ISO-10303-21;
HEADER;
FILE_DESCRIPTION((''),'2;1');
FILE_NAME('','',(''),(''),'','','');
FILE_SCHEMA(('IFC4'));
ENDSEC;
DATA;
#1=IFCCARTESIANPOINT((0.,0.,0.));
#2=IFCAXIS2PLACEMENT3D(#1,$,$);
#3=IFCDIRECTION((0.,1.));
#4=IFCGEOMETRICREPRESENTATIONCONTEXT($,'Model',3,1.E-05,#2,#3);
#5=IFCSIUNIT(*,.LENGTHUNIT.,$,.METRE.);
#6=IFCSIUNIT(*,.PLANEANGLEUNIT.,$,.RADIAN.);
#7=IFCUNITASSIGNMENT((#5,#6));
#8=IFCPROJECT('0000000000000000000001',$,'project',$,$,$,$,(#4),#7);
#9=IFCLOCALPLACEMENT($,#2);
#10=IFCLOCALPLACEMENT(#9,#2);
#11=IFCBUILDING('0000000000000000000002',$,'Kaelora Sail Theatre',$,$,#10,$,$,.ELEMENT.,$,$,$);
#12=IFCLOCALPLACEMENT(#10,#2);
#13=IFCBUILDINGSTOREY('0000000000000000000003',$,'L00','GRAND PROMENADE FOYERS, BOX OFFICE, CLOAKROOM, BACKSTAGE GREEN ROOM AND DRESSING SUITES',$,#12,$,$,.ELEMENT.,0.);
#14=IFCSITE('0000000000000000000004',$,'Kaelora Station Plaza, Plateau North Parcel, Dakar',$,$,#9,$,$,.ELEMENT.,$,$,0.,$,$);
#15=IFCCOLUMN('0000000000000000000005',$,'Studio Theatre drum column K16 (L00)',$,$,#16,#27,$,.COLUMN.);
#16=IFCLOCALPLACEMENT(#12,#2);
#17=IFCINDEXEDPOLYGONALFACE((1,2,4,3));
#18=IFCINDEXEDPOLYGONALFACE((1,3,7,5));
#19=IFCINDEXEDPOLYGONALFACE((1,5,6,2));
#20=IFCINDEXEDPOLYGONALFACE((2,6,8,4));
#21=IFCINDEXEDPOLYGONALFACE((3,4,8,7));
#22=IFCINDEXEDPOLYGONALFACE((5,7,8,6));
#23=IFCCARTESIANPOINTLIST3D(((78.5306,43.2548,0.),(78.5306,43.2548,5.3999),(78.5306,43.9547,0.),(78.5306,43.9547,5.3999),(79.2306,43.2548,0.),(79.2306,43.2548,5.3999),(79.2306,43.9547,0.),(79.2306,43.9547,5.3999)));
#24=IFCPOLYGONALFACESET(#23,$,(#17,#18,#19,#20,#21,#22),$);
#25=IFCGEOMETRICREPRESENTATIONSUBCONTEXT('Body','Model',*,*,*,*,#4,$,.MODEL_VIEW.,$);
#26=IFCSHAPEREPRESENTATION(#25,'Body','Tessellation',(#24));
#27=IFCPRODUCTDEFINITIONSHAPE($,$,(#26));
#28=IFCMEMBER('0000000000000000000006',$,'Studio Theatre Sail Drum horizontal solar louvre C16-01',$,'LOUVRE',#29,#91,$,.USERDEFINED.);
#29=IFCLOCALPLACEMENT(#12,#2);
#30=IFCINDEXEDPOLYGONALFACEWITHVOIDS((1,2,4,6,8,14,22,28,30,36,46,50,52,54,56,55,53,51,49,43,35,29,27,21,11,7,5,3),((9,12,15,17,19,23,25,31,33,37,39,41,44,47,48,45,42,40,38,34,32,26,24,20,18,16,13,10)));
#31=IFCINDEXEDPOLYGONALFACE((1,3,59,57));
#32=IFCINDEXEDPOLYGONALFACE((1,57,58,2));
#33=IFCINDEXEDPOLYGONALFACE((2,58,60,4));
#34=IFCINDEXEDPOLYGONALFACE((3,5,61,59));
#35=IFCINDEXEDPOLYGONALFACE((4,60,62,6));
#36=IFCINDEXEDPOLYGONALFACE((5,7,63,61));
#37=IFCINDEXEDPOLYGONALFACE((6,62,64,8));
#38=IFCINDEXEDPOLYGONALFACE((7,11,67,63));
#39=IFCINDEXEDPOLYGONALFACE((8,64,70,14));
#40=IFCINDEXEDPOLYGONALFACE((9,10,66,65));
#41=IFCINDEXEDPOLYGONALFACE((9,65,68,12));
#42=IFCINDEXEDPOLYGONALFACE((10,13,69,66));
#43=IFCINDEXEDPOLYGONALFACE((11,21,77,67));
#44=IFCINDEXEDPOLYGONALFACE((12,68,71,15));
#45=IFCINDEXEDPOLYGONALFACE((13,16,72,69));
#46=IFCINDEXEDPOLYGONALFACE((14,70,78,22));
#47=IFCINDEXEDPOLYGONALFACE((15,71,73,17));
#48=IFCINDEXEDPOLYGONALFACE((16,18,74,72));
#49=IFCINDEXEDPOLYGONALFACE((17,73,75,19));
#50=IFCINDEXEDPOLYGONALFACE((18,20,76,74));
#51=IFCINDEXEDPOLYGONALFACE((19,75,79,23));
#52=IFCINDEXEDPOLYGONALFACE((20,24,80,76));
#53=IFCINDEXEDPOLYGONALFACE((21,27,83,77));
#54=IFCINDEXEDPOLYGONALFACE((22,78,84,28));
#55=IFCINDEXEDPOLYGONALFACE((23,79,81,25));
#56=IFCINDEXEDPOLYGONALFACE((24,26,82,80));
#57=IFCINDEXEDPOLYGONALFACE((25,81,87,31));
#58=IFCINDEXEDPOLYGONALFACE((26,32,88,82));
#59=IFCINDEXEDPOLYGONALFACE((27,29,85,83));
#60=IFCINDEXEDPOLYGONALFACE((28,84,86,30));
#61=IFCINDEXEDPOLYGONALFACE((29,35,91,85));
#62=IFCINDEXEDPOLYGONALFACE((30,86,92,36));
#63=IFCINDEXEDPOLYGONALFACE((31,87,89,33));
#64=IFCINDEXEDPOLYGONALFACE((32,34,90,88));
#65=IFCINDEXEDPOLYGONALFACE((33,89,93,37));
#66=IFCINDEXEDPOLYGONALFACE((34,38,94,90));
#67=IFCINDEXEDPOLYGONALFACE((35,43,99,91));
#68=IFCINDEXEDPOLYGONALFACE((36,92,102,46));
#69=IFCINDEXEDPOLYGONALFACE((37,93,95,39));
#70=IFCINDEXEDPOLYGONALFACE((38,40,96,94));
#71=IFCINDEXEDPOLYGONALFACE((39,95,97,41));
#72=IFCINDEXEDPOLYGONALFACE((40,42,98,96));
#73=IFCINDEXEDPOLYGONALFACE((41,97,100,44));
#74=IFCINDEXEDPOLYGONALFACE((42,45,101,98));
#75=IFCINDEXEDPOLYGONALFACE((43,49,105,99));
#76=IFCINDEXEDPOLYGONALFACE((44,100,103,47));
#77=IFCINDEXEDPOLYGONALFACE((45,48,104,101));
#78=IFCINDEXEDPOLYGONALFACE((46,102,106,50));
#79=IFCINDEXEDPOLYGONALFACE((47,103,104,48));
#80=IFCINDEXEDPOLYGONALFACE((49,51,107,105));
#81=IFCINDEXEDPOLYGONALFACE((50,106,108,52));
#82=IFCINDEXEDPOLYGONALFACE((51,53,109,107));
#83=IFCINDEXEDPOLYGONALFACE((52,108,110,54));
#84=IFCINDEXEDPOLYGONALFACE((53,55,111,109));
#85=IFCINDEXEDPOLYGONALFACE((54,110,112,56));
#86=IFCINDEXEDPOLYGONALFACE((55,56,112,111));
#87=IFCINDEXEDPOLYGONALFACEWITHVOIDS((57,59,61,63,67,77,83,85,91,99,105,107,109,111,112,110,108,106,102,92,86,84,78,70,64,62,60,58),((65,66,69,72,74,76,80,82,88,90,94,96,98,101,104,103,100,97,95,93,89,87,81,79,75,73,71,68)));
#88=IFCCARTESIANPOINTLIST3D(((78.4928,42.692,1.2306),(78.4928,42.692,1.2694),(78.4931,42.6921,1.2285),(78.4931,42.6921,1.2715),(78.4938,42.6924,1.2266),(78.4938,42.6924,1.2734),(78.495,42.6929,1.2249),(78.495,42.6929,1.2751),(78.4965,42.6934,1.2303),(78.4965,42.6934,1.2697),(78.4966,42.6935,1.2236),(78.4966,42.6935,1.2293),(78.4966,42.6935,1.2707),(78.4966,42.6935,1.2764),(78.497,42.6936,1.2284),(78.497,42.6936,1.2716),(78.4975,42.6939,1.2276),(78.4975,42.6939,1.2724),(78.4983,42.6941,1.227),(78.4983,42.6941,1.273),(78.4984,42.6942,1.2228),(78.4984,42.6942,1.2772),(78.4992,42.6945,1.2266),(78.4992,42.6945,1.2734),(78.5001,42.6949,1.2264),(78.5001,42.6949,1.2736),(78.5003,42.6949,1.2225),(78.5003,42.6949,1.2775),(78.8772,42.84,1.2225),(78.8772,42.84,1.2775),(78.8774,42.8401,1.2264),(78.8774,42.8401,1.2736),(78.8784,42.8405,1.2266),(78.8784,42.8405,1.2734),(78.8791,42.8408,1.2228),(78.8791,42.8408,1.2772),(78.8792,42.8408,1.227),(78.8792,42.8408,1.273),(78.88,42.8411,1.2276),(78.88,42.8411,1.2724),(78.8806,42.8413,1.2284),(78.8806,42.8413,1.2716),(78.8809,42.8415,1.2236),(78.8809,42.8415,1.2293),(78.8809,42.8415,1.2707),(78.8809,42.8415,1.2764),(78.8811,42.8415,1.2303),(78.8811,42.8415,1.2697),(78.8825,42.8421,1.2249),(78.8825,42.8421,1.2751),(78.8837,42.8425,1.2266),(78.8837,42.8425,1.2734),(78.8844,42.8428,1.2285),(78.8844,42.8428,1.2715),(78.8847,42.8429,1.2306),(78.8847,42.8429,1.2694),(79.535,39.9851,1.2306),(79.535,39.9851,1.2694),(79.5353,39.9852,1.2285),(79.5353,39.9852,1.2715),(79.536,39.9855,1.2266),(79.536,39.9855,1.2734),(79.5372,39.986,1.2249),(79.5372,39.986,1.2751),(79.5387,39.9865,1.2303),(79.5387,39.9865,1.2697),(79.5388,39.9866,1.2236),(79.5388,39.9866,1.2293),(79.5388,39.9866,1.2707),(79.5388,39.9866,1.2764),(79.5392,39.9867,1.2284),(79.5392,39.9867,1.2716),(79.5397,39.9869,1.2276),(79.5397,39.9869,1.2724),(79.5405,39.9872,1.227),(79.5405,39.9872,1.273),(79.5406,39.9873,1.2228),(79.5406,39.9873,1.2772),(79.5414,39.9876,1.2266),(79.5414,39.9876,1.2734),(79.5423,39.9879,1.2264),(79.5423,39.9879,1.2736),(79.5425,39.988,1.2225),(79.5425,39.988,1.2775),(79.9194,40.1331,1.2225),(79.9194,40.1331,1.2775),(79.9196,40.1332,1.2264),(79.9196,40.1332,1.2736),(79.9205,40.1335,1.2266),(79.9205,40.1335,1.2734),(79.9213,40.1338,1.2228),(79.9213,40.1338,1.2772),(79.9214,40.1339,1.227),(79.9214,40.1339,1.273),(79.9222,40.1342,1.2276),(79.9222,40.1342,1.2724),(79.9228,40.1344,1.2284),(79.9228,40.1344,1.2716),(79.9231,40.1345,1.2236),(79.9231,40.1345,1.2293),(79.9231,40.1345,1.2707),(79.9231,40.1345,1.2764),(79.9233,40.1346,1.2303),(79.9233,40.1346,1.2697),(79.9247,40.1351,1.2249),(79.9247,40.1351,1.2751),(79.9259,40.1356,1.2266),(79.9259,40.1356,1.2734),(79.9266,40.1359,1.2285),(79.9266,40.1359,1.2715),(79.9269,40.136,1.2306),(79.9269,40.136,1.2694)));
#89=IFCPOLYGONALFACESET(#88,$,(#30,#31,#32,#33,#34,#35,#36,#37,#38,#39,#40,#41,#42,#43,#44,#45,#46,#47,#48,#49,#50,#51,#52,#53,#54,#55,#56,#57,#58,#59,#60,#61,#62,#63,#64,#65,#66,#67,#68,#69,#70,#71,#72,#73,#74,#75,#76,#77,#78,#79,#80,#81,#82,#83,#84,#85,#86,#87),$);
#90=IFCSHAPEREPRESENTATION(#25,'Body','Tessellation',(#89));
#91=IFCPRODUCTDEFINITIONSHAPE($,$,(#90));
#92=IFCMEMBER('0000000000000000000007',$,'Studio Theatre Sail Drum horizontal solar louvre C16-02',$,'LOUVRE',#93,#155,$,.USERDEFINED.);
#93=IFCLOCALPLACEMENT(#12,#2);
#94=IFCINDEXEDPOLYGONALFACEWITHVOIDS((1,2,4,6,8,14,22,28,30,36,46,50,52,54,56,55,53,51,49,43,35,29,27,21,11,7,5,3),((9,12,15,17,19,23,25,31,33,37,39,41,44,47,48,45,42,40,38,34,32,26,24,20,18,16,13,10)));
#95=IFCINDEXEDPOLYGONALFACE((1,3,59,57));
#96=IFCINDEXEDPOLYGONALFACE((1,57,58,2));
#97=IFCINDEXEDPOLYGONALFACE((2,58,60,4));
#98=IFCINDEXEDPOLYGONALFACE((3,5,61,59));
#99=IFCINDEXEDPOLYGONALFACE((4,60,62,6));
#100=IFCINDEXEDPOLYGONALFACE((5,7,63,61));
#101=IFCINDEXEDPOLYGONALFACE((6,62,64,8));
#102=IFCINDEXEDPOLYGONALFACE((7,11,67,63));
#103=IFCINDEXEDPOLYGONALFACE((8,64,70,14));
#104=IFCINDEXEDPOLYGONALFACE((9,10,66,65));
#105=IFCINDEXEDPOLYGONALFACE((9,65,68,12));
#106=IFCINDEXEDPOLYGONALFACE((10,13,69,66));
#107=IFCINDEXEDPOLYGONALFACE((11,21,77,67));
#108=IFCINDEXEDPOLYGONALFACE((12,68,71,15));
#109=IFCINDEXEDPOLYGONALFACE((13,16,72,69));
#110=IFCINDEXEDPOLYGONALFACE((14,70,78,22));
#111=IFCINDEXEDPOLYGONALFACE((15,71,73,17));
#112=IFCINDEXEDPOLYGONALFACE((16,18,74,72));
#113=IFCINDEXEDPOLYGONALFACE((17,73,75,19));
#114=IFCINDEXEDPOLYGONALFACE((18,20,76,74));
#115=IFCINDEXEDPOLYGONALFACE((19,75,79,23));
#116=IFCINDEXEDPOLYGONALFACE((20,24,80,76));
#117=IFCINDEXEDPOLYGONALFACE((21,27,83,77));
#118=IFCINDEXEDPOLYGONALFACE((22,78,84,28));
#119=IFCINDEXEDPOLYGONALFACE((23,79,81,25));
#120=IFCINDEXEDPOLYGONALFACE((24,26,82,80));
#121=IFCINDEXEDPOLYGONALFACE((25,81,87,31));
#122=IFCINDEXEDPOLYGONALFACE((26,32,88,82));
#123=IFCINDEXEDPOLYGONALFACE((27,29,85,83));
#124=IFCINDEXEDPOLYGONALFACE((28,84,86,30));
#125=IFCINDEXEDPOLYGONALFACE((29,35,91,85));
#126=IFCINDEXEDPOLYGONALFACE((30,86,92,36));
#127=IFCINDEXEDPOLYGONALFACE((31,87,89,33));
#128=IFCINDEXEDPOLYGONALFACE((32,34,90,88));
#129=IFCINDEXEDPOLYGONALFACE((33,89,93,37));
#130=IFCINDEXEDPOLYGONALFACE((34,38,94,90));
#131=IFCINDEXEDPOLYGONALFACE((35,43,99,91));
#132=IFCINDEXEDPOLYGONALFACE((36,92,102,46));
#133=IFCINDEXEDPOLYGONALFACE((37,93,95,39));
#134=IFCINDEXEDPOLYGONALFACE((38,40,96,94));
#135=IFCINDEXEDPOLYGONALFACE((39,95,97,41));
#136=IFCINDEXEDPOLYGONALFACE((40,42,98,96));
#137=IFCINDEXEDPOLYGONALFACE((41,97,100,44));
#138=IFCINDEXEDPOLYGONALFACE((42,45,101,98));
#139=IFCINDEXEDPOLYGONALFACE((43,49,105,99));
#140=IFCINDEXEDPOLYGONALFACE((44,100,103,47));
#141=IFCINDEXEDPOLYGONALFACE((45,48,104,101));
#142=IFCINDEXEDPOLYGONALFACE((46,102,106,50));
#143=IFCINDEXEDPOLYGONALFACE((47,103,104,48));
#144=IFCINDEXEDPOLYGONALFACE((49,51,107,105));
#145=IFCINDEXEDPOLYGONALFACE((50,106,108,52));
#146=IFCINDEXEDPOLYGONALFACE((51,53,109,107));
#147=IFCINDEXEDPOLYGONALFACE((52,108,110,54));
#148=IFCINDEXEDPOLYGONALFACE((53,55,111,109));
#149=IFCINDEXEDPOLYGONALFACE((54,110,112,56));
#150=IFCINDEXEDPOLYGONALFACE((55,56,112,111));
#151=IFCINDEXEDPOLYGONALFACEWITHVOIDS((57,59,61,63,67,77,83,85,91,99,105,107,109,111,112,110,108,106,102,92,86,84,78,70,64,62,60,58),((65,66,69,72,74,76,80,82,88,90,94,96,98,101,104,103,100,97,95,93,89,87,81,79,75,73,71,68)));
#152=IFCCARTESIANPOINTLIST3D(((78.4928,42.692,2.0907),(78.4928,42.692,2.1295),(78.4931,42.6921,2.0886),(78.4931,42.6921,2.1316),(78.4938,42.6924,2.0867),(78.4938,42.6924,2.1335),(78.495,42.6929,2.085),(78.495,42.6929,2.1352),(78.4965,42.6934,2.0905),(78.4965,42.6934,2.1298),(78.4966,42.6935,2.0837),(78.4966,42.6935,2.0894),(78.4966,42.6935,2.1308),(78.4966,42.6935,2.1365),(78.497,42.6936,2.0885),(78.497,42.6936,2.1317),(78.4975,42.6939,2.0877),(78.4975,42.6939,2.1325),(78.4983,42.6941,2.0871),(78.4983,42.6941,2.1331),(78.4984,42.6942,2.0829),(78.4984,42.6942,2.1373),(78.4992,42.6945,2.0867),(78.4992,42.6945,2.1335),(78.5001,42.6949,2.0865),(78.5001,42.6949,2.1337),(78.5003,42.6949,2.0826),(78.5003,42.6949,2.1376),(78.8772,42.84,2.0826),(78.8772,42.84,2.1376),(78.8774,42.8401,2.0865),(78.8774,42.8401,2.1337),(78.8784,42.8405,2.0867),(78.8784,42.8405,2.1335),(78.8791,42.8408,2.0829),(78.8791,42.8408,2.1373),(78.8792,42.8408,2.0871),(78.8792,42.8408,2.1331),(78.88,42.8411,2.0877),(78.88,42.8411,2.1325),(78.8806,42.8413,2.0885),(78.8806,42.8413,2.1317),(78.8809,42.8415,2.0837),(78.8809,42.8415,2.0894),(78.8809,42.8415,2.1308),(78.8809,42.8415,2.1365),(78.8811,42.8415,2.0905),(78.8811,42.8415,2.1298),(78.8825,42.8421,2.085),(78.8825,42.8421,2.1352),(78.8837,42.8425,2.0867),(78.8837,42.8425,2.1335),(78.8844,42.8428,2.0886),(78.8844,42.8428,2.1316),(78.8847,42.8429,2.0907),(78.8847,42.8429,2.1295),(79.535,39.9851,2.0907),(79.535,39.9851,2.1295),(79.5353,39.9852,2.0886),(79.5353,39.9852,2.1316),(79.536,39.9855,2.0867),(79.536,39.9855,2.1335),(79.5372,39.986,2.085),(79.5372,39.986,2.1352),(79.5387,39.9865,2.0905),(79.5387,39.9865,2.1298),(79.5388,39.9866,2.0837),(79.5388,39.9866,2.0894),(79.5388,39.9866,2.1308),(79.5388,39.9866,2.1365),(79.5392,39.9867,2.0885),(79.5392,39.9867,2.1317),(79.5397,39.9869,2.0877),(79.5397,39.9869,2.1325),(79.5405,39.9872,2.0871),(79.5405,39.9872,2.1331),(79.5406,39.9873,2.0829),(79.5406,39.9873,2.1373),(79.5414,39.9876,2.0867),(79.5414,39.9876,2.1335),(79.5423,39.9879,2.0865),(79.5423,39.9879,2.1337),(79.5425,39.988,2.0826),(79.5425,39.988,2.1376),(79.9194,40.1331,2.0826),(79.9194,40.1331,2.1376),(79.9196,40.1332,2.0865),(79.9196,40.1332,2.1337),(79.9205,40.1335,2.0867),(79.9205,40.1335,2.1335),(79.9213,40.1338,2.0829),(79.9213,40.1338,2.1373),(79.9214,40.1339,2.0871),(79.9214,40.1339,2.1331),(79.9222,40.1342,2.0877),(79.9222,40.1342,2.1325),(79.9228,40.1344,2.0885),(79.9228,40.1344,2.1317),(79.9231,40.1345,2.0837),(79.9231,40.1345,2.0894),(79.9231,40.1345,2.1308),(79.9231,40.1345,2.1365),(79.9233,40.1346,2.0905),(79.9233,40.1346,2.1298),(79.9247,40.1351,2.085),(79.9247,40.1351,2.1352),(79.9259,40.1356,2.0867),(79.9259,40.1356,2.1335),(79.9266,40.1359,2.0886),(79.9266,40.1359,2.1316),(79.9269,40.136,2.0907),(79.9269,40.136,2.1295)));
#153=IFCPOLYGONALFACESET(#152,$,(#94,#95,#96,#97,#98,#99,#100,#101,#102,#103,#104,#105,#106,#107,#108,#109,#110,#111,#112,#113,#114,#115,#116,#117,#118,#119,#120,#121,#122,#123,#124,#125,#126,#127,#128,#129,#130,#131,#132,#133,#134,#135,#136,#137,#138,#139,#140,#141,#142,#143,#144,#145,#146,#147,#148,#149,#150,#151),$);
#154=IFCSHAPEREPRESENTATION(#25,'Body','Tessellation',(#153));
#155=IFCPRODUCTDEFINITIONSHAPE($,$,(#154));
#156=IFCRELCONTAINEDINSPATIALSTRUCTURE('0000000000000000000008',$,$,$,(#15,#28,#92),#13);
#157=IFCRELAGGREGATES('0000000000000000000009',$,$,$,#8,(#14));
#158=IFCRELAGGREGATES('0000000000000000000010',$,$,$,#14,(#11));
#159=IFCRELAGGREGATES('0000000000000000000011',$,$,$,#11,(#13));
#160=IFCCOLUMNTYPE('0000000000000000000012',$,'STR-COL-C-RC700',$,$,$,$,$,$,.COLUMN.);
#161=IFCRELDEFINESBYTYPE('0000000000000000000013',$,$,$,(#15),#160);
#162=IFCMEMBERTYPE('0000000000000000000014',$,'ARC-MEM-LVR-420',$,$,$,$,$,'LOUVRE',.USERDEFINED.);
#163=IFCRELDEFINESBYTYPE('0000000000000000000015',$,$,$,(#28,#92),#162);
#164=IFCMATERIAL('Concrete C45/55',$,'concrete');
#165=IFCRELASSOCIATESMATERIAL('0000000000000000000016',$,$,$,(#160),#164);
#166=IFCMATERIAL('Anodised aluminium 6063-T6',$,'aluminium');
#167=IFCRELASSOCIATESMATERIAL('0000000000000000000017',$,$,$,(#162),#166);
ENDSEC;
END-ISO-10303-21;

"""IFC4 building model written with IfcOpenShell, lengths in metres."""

from ifc_helpers import new_model, si_unit, direction, frame, origin, origin_2d, place, context, subcontext, project, spatial, rectangle, hollow_rectangle, extrude, material, material_profile, profile_set, type_object, element, save


model = new_model("IFC4")

# Units and contexts
model_context = context("Model", 3, precision=1e-05, world=origin(), true_north=direction((0.0, 1.0)))
body_context = subcontext(model_context, "Body", "Model", "MODEL_VIEW")
ifc_project = project(units=[si_unit("LENGTHUNIT", "METRE"), si_unit("PLANEANGLEUNIT", "RADIAN")], contexts=[model_context])

# Site, building, storey
site_placement = place(None, origin())
site = spatial("IfcSite", under=ifc_project, at=site_placement, Name="Kaelora Station Plaza, Plateau North Parcel, Dakar", CompositionType="ELEMENT", RefElevation=0.0)
building_placement = place(site_placement, origin())
building = spatial("IfcBuilding", under=site, at=building_placement, Name="Kaelora Sail Theatre", CompositionType="ELEMENT")
storey_placement = place(building_placement, origin())
storey = spatial("IfcBuildingStorey", under=building, at=storey_placement, Name="L00", Description="GRAND PROMENADE FOYERS, BOX OFFICE, CLOAKROOM, BACKSTAGE GREEN ROOM AND DRESSING SUITES", CompositionType="ELEMENT", Elevation=0.0)

# Column
ifc_material_1 = material(Name="Concrete C45/55", Category="concrete")
ifc_material_profile_1 = material_profile(ifc_material_1, rectangle(XDim=0.7, YDim=0.7, at=origin_2d()), Name="RC-COL 700x700")
ifc_profile_set_1 = profile_set([ifc_material_profile_1], Name="Concrete C45/55")
column_type = type_object("IfcColumnType", Name="STR-COL-C-RC700", PredefinedType="COLUMN", material=ifc_profile_set_1)
column_placement = place(storey_placement, frame((78.8806, 43.6047, 0.0), z_axis=(0.0, 0.0, 1.0), x_axis=(1.0, 0.0, 0.0)))
element("IfcColumn", 1, at=column_placement, inside=storey, type_object=column_type, Name="Studio Theatre drum column K16 (L00)", PredefinedType="COLUMN", context=body_context, shape_type="SweptSolid", body=[
    extrude(rectangle(XDim=0.7, YDim=0.7, at=origin_2d()), origin(), (0.0, 0.0, 1.0), 5.3999),
])

# Members
ifc_material_2 = material(Name="Anodised aluminium 6063-T6", Category="aluminium")
ifc_material_profile_2 = material_profile(ifc_material_2, hollow_rectangle(XDim=0.4199, YDim=0.0549, WallThickness=0.0039, InnerFilletRadius=0.0039, OuterFilletRadius=0.0081, at=origin_2d()), Name="LOUVRE 420x55x4")
ifc_profile_set_2 = profile_set([ifc_material_profile_2], Name="Anodised aluminium 6063-T6")
member_type_1 = type_object("IfcMemberType", Name="ARC-MEM-LVR-420", ElementType="LOUVRE", PredefinedType="USERDEFINED", material=ifc_profile_set_2)
for number, where, z_axis, x_axis, name in (
    (2, (79.731, 40.0605, 1.25), (-0.359301, 0.933222, 0.0), (-0.933222, -0.359301, 0.0), "Studio Theatre Sail Drum horizontal solar louvre C16-01"),
    (3, (79.731, 40.0605, 2.1101), (-0.359301, 0.933222, 0.0), (-0.933222, -0.359301, 0.0), "Studio Theatre Sail Drum horizontal solar louvre C16-02"),
):
    element("IfcMember", number, at=place(storey_placement, frame(where, z_axis=z_axis, x_axis=x_axis)), inside=storey, type_object=member_type_1, Name=name, ObjectType="LOUVRE", PredefinedType="USERDEFINED", context=body_context, shape_type="SweptSolid", body=[
        extrude(hollow_rectangle(XDim=0.4199, YDim=0.0549, WallThickness=0.0039, InnerFilletRadius=0.0039, OuterFilletRadius=0.0081, at=origin_2d()), origin(), (0.0, 0.0, 1.0), 2.9006),
    ])

save(model, "model.ifc")
